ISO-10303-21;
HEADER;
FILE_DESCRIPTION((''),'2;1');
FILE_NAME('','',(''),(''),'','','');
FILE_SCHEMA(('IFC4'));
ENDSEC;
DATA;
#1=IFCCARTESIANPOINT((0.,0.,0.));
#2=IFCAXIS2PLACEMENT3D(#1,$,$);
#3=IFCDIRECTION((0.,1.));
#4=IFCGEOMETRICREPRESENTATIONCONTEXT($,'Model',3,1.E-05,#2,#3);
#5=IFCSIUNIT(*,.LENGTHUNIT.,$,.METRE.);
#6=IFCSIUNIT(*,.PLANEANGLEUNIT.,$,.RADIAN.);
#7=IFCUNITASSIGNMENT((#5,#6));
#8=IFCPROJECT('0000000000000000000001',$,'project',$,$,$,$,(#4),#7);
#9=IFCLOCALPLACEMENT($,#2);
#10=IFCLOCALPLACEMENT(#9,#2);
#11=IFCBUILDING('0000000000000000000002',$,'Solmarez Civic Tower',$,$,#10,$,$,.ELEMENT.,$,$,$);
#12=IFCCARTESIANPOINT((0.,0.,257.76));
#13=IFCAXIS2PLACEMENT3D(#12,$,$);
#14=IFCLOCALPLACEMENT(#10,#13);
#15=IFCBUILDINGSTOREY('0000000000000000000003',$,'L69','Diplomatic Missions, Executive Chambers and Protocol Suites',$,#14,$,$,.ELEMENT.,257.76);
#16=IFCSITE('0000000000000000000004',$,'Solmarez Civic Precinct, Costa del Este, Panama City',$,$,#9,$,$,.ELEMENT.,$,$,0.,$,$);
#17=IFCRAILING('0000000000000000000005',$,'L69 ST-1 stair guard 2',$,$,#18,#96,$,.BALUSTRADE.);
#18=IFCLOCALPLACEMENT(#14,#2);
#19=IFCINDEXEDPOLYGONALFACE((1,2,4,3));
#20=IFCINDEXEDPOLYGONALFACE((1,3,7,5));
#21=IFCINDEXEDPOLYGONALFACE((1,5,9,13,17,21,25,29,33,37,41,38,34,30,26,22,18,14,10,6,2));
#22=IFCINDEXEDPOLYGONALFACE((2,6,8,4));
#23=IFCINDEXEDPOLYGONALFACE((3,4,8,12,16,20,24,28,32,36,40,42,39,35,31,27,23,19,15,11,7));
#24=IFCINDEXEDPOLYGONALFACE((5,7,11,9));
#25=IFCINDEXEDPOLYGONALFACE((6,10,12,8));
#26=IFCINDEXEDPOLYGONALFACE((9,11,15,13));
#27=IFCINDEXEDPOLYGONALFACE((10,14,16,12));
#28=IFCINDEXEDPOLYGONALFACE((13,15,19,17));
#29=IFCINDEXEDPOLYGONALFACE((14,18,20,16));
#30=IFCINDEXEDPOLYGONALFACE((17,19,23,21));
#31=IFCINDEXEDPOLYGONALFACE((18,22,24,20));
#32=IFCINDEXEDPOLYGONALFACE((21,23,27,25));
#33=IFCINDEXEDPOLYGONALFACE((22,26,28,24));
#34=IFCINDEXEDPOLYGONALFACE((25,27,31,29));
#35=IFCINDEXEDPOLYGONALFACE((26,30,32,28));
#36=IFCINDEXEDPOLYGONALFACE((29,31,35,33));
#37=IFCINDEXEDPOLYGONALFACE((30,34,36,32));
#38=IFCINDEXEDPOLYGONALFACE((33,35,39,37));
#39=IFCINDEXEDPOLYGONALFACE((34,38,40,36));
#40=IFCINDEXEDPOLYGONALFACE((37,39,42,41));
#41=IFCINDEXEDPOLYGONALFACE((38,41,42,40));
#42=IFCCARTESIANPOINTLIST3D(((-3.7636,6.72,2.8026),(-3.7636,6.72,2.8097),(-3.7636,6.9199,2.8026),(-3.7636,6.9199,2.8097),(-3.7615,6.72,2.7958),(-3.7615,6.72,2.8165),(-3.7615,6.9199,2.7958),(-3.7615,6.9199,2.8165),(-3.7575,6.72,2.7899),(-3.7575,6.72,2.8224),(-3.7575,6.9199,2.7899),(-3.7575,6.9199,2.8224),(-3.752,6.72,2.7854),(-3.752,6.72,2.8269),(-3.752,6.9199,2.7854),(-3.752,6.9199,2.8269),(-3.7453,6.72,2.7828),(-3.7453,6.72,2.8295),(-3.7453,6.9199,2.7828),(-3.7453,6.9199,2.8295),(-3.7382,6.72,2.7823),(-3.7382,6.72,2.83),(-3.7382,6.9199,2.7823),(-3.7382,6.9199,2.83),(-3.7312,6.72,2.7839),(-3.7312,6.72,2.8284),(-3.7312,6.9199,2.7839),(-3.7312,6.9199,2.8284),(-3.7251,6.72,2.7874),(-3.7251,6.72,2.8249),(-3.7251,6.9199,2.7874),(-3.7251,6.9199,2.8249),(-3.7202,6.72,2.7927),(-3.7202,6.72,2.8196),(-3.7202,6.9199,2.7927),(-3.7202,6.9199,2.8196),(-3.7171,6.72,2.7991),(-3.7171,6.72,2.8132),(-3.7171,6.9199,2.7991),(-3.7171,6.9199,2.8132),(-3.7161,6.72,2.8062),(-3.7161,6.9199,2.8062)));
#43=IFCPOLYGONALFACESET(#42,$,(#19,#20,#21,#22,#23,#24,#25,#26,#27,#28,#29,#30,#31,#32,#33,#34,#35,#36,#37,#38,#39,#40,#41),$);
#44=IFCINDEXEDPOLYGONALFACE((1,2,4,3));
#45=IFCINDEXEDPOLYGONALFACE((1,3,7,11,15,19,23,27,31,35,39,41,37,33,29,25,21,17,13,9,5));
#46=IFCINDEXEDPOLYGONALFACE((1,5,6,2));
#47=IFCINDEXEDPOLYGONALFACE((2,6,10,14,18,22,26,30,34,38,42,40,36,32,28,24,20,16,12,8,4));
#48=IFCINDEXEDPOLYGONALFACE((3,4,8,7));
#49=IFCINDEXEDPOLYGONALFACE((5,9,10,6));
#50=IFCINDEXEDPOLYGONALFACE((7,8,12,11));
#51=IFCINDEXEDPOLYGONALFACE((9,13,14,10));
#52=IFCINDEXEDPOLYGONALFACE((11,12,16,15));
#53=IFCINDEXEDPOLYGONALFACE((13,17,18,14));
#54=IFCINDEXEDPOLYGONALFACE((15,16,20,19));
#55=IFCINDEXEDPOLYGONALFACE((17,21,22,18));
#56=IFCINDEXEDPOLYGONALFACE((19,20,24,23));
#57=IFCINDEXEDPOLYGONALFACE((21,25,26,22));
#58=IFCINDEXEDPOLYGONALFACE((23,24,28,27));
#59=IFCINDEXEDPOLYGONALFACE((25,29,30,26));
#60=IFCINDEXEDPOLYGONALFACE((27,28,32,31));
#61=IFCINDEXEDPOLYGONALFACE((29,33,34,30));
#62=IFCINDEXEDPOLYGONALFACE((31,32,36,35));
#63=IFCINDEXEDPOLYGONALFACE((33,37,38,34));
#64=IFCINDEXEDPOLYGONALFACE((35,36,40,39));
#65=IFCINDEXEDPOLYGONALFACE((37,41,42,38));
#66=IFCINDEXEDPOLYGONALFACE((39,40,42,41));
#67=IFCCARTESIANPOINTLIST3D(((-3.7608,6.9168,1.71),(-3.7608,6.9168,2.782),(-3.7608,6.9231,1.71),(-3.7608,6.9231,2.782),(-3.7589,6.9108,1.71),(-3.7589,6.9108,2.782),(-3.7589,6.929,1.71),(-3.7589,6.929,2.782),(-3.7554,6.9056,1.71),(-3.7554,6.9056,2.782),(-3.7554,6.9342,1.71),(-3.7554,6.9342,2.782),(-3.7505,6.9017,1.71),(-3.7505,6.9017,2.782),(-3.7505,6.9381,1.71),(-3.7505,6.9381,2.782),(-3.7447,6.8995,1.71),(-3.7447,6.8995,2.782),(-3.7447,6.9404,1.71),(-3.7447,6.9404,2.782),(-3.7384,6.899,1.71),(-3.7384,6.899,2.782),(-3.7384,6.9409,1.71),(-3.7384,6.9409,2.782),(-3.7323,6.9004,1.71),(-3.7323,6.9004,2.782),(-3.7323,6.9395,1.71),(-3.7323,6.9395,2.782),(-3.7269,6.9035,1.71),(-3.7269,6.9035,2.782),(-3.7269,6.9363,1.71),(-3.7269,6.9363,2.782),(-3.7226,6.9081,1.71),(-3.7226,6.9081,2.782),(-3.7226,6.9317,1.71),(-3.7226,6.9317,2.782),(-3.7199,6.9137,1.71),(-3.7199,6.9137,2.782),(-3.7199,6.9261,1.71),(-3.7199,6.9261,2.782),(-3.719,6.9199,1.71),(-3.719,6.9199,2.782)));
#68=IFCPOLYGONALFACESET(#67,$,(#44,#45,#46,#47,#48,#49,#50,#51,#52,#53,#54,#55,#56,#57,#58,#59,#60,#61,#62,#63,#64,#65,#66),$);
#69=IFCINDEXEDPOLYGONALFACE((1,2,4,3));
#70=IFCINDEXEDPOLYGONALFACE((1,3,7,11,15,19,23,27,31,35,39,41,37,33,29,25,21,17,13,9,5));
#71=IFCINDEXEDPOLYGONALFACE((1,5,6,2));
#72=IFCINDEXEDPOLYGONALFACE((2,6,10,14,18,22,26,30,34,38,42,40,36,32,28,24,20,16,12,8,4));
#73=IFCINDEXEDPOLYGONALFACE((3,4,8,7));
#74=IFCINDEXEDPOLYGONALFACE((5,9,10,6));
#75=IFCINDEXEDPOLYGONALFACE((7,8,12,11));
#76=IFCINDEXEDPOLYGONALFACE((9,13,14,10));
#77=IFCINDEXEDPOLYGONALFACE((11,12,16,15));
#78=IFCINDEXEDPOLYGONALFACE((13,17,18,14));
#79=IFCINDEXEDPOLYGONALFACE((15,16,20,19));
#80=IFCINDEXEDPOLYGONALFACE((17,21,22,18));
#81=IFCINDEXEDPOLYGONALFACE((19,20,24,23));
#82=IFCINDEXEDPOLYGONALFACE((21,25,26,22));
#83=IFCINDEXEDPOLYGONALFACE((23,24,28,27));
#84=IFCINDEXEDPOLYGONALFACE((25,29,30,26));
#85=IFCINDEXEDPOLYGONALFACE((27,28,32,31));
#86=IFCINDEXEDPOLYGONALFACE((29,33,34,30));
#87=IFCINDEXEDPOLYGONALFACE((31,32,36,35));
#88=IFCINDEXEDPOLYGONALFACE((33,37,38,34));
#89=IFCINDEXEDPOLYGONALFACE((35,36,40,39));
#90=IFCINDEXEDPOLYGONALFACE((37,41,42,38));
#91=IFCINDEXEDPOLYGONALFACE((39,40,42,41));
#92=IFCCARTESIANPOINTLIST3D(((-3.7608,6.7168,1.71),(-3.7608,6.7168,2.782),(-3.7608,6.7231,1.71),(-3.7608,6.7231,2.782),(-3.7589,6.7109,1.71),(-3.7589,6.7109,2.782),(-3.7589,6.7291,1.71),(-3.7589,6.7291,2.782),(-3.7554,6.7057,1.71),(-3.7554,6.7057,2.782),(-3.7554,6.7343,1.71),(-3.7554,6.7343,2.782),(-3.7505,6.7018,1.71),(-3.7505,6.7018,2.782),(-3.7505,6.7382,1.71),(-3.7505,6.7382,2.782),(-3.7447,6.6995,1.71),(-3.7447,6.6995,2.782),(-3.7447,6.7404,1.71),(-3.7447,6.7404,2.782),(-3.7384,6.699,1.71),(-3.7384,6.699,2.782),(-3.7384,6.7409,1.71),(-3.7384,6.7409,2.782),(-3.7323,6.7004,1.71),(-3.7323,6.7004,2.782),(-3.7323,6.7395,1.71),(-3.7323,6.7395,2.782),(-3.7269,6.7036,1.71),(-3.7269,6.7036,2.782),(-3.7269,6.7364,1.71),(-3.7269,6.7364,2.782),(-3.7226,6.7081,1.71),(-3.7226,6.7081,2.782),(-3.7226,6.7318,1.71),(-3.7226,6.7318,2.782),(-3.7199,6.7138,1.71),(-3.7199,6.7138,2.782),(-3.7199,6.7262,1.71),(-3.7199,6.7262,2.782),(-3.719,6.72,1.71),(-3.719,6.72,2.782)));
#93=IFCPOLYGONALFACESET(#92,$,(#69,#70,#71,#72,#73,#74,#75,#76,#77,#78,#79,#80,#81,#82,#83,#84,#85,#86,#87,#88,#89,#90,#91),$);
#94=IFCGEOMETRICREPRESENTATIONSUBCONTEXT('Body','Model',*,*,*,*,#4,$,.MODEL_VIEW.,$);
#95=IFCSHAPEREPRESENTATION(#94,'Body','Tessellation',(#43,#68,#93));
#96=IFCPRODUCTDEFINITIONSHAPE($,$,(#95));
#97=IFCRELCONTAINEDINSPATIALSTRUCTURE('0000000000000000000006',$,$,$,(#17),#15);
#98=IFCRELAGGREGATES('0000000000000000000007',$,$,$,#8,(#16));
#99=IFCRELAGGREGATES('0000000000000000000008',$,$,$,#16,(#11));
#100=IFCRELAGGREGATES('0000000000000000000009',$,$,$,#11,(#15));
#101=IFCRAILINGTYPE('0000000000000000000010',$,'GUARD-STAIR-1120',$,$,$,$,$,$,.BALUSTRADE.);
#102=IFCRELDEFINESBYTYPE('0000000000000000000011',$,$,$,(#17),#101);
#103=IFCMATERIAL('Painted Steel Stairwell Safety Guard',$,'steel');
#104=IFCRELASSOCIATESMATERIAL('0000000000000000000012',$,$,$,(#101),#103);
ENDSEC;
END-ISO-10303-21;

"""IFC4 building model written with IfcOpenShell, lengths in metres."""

from ifc_helpers import new_model, si_unit, direction, frame, origin, origin_2d, place, context, subcontext, project, spatial, circle, extrude, material, type_object, element, save


model = new_model("IFC4")

# Units and contexts
model_context = context("Model", 3, precision=1e-05, world=origin(), true_north=direction((0.0, 1.0)))
body_context = subcontext(model_context, "Body", "Model", "MODEL_VIEW")
ifc_project = project(units=[si_unit("LENGTHUNIT", "METRE"), si_unit("PLANEANGLEUNIT", "RADIAN")], contexts=[model_context])

# Site, building, storey
site_placement = place(None, origin())
site = spatial("IfcSite", under=ifc_project, at=site_placement, Name="Solmarez Civic Precinct, Costa del Este, Panama City", CompositionType="ELEMENT", RefElevation=0.0)
building_placement = place(site_placement, origin())
building = spatial("IfcBuilding", under=site, at=building_placement, Name="Solmarez Civic Tower", CompositionType="ELEMENT")
storey_placement = place(building_placement, frame((0.0, 0.0, 257.76)))
storey = spatial("IfcBuildingStorey", under=building, at=storey_placement, Name="L69", Description="Diplomatic Missions, Executive Chambers and Protocol Suites", CompositionType="ELEMENT", Elevation=257.76)

# Railing
ifc_material_1 = material(Name="Painted Steel Stairwell Safety Guard", Category="steel")
railing_type_1 = type_object("IfcRailingType", Name="GUARD-STAIR-1120", PredefinedType="BALUSTRADE", material=ifc_material_1)
railing_1_placement = place(storey_placement, frame((-3.74, 6.9199, 1.71)))
element("IfcRailing", 1, at=railing_1_placement, inside=storey, type_object=railing_type_1, Name="L69 ST-1 stair guard 2", PredefinedType="BALUSTRADE", context=body_context, shape_type="SweptSolid", body=[
    extrude(circle(Radius=0.0239, at=origin_2d()), frame((0.0, 0.0, 1.0962), z_axis=(0.0, -1.0, 0.0), x_axis=(1.0, 0.0, 0.0)), (0.0, 0.0, 1.0), 0.2),
    extrude(circle(Radius=0.021, at=origin_2d()), origin(), (0.0, 0.0, 1.0), 1.072),
    extrude(circle(Radius=0.021, at=origin_2d()), frame((0.0, -0.2, 0.0)), (0.0, 0.0, 1.0), 1.072),
])

save(model, "model.ifc")
